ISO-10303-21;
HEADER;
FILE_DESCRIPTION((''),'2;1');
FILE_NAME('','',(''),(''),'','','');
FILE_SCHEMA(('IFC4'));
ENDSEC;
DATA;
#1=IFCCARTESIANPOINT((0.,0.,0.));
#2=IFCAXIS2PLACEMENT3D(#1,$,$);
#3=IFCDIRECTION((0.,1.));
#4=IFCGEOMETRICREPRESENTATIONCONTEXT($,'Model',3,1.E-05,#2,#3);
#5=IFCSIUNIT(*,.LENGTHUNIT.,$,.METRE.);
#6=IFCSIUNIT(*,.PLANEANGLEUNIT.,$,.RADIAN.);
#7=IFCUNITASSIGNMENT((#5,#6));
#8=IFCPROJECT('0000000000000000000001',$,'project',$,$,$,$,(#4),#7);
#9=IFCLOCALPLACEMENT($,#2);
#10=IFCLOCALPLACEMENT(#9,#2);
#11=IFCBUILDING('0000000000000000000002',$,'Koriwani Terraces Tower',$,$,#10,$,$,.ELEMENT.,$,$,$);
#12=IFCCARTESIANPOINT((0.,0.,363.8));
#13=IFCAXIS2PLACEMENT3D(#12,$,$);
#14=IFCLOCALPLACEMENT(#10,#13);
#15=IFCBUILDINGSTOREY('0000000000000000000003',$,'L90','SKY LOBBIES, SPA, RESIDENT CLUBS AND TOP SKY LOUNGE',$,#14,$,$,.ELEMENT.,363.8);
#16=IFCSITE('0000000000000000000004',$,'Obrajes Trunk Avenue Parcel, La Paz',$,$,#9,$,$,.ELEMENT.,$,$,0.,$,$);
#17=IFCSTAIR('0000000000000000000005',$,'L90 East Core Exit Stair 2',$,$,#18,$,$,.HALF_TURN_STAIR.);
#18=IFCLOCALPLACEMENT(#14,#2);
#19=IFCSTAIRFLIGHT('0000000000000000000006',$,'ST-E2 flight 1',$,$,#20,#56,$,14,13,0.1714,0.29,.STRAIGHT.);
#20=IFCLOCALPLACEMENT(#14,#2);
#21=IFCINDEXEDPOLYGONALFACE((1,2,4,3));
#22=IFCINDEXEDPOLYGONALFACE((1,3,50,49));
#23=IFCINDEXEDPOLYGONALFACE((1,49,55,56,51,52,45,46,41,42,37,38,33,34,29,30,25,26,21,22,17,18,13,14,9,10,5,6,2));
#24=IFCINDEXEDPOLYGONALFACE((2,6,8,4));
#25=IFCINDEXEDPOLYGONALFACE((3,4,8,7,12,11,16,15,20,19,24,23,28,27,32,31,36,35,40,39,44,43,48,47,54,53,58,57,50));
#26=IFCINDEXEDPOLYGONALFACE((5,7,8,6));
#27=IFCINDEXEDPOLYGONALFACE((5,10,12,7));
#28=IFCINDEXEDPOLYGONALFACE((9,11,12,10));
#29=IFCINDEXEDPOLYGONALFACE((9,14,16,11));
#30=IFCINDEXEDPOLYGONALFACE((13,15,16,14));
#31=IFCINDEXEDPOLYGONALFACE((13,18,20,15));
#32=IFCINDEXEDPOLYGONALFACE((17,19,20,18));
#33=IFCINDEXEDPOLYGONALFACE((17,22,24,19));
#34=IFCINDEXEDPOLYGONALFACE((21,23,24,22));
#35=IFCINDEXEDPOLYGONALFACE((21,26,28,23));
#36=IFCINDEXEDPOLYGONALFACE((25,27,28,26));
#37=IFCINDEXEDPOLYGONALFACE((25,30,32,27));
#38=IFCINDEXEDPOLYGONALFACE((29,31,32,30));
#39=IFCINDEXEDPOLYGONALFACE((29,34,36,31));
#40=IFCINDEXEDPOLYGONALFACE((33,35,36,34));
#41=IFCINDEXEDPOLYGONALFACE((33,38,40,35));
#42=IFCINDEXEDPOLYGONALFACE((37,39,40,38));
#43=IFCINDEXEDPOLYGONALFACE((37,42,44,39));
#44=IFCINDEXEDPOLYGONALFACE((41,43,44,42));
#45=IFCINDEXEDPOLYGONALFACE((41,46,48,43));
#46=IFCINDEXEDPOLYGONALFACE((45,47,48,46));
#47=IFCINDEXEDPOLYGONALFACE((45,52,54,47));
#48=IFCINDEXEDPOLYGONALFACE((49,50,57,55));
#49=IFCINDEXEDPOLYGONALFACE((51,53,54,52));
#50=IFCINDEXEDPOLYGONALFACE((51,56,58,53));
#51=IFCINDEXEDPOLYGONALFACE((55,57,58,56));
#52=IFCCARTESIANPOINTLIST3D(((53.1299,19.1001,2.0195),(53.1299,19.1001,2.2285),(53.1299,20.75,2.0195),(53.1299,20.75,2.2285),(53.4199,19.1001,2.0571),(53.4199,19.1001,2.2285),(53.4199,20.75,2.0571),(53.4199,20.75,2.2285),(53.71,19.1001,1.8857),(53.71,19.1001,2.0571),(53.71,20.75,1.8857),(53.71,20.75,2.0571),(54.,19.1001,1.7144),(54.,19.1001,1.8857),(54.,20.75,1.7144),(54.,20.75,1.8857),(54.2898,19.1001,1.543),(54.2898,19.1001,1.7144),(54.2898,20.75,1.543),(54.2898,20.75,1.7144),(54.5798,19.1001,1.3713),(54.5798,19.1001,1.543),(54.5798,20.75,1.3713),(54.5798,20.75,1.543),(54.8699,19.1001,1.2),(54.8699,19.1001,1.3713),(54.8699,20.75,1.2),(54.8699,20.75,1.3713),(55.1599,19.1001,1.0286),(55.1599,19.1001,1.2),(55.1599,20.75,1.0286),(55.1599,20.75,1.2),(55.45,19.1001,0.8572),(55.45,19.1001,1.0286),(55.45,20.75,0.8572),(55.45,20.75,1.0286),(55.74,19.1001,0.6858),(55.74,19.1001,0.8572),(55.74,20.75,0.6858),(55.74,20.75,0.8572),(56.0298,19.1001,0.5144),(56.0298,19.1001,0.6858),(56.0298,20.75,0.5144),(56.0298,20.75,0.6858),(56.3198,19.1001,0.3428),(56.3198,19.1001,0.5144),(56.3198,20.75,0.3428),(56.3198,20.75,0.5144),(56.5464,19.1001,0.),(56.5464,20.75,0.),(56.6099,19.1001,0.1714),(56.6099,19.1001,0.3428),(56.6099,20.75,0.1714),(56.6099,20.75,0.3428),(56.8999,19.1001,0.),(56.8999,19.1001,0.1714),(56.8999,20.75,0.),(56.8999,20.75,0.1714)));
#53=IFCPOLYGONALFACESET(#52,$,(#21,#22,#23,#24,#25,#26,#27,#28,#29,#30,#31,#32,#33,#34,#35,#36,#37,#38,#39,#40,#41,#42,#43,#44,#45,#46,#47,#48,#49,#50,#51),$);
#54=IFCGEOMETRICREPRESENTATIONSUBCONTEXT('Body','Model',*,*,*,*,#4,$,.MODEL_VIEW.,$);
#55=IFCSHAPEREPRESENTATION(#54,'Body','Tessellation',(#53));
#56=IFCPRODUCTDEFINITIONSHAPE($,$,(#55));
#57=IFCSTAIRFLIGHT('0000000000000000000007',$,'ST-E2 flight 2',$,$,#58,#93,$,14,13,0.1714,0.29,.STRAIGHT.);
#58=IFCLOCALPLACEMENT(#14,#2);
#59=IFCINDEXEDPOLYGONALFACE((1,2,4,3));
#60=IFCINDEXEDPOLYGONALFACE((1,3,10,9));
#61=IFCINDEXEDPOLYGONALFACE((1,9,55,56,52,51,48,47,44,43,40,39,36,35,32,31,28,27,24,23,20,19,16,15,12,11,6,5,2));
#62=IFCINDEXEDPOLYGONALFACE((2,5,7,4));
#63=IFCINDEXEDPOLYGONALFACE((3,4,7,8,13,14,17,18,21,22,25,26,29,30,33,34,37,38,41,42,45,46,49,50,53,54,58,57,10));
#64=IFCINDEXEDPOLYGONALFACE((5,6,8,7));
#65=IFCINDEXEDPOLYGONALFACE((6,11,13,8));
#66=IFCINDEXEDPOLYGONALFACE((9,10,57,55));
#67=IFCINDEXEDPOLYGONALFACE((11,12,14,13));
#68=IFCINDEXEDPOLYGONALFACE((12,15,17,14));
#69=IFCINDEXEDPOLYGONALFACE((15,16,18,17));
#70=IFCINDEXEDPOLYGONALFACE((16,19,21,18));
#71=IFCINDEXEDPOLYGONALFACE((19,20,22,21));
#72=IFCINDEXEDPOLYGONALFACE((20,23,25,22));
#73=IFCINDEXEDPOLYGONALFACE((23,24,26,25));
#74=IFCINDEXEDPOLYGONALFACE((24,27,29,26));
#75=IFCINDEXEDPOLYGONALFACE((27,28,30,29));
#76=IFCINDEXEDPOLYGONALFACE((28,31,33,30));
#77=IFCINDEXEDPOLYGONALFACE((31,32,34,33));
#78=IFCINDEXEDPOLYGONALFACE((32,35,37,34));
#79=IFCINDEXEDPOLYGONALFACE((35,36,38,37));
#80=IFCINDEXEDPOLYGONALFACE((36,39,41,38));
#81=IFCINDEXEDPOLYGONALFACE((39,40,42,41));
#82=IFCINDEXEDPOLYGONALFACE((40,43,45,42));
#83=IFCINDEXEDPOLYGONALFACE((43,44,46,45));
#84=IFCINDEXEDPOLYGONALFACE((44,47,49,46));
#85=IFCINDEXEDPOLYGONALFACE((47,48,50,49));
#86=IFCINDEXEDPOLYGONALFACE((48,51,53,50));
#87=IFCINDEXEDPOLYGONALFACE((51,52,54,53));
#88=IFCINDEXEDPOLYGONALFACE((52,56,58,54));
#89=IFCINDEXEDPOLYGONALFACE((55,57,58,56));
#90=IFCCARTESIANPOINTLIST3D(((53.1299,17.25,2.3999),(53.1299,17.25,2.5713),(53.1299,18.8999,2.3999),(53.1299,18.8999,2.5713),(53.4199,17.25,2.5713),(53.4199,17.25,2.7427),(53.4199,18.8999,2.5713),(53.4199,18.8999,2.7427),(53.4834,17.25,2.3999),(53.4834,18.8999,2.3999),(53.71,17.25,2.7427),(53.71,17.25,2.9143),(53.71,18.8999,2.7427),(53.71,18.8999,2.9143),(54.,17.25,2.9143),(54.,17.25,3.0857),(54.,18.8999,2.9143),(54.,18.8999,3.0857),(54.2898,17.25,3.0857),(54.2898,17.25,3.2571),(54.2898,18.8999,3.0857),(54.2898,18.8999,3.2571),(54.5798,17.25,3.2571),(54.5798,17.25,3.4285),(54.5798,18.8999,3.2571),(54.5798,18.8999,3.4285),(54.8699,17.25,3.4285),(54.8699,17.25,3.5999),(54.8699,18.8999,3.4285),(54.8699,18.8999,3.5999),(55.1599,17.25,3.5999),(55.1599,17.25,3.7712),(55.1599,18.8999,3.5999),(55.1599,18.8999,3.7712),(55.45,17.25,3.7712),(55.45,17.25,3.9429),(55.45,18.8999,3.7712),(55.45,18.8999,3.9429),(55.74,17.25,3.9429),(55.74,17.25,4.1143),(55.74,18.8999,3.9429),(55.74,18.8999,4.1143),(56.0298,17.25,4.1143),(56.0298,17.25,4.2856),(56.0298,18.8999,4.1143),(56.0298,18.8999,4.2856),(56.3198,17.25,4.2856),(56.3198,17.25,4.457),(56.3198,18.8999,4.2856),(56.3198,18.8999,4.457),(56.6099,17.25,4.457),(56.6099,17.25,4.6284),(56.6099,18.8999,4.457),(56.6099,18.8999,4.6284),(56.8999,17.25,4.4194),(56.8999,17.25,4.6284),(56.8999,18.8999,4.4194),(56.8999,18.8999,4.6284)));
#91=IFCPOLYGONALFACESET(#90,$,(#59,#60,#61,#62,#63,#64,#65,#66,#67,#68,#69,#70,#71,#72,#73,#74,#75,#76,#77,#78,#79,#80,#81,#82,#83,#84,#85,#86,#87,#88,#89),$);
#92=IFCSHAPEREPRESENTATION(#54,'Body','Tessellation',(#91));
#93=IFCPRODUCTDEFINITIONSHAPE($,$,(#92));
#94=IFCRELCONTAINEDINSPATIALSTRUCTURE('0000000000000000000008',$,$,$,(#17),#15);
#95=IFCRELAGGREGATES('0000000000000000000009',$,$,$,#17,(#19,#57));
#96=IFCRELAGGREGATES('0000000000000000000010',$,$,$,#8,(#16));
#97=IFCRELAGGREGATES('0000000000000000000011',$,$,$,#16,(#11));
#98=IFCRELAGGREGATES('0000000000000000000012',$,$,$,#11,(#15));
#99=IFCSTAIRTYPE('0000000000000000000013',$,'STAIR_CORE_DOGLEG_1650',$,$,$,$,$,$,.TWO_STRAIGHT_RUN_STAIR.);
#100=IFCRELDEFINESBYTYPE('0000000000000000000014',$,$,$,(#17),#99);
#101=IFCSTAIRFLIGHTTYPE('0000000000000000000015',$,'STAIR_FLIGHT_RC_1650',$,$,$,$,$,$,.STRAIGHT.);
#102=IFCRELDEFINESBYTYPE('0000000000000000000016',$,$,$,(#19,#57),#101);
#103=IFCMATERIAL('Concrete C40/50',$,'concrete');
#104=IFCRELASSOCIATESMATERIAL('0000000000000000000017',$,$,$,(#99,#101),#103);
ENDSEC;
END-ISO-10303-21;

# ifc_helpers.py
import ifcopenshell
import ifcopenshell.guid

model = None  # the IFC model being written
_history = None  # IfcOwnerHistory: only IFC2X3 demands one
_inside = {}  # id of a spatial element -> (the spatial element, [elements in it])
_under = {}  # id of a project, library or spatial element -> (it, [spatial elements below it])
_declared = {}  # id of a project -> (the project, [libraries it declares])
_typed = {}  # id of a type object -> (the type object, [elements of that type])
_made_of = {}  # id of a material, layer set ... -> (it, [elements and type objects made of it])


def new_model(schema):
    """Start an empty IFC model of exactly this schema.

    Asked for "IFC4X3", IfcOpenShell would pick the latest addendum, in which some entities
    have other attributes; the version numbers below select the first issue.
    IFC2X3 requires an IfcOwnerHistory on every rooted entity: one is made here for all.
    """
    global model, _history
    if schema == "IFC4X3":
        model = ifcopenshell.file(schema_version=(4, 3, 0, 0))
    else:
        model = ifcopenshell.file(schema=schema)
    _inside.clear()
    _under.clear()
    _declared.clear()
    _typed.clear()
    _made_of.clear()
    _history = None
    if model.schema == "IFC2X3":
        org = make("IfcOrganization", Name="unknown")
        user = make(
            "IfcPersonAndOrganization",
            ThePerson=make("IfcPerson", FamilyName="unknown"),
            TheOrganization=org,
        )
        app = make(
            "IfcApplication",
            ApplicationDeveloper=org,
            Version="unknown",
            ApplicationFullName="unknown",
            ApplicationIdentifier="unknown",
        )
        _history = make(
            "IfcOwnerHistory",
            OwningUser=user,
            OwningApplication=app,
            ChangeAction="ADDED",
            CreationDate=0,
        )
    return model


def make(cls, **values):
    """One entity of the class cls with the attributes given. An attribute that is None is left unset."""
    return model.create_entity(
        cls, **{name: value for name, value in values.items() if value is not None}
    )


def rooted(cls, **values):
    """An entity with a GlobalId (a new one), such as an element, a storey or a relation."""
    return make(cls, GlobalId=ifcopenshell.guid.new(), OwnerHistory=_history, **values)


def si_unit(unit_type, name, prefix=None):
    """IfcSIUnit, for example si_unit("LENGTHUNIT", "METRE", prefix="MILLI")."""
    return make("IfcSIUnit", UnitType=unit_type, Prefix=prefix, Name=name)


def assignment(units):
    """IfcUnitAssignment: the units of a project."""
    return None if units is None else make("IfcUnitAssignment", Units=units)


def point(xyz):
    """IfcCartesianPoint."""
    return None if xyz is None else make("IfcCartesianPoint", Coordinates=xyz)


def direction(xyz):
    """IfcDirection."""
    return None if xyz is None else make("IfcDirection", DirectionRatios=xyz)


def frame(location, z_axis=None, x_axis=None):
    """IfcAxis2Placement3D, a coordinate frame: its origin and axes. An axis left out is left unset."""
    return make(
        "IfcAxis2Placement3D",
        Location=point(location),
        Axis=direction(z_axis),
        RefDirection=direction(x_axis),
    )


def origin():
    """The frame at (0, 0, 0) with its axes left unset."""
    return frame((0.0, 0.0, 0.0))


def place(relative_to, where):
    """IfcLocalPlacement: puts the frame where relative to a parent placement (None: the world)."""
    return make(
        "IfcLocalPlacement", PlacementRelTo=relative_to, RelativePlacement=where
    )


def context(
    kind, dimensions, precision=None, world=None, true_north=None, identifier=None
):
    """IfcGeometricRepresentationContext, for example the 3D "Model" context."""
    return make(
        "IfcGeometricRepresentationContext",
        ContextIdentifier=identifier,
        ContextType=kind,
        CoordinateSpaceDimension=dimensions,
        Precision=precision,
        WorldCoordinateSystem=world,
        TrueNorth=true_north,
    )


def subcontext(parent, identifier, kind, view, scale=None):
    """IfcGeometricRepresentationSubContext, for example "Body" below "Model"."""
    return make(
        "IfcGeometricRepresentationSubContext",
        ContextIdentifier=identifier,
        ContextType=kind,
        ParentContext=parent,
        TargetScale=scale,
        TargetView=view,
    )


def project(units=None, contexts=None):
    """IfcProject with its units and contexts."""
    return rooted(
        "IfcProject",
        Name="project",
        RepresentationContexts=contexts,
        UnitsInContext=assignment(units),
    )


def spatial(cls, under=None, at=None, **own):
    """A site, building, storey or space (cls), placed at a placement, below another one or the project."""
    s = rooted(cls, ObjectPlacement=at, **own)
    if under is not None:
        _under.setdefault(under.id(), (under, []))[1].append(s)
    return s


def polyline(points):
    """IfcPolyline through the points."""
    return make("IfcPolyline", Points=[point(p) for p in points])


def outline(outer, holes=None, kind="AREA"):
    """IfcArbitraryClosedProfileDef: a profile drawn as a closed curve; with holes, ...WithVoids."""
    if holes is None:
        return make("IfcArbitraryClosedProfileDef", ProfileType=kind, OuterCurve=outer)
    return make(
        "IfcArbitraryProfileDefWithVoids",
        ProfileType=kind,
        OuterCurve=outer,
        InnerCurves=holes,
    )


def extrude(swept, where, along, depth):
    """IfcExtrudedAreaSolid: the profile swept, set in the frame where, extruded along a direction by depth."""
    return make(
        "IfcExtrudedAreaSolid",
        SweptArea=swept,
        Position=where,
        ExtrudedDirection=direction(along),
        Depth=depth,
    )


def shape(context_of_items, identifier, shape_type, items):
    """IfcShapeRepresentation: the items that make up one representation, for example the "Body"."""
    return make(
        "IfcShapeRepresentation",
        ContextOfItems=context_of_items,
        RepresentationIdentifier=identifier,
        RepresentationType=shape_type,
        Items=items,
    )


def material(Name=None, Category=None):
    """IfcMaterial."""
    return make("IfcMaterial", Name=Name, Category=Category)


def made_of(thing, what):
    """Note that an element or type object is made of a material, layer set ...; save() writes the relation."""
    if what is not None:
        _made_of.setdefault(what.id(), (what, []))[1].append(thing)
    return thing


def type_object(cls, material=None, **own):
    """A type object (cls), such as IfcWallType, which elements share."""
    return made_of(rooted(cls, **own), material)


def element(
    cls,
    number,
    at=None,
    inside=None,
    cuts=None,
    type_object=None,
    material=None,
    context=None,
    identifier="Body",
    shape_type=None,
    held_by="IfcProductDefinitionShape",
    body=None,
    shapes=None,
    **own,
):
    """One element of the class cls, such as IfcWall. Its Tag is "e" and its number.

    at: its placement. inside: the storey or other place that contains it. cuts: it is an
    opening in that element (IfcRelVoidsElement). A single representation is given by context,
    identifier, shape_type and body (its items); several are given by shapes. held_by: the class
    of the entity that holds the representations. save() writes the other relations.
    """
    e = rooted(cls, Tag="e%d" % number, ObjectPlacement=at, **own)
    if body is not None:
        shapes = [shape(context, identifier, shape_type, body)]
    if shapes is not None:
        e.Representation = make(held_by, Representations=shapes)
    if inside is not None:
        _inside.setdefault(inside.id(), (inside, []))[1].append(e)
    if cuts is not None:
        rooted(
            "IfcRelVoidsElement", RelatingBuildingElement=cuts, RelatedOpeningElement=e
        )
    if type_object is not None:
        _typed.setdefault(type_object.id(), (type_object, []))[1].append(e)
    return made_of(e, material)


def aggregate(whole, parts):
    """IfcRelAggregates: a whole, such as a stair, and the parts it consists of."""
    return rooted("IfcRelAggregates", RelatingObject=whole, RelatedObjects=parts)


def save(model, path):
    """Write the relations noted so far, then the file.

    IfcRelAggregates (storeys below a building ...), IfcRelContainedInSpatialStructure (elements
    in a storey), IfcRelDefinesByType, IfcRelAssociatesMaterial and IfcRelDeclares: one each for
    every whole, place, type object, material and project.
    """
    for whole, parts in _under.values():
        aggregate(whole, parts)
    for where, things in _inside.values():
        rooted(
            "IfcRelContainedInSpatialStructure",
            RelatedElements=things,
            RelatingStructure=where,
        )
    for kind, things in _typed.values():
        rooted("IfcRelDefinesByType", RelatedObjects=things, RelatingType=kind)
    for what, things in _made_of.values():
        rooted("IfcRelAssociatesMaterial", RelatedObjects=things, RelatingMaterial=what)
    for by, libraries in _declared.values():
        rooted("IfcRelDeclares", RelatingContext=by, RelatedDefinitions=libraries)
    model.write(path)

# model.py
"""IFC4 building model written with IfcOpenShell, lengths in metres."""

from ifc_helpers import new_model, si_unit, direction, frame, origin, place, context, subcontext, project, spatial, polyline, outline, extrude, material, type_object, element, aggregate, save


model = new_model("IFC4")

# Units and contexts
model_context = context("Model", 3, precision=1e-05, world=origin(), true_north=direction((0.0, 1.0)))
body_context = subcontext(model_context, "Body", "Model", "MODEL_VIEW")
ifc_project = project(units=[si_unit("LENGTHUNIT", "METRE"), si_unit("PLANEANGLEUNIT", "RADIAN")], contexts=[model_context])

# Site, building, storey
site_placement = place(None, origin())
site = spatial("IfcSite", under=ifc_project, at=site_placement, Name="Obrajes Trunk Avenue Parcel, La Paz", CompositionType="ELEMENT", RefElevation=0.0)
building_placement = place(site_placement, origin())
building = spatial("IfcBuilding", under=site, at=building_placement, Name="Koriwani Terraces Tower", CompositionType="ELEMENT")
storey_placement = place(building_placement, frame((0.0, 0.0, 363.8)))
storey = spatial("IfcBuildingStorey", under=building, at=storey_placement, Name="L90", Description="SKY LOBBIES, SPA, RESIDENT CLUBS AND TOP SKY LOUNGE", CompositionType="ELEMENT", Elevation=363.8)

# Shared definitions
ifc_material_1 = material(Name="Concrete C40/50", Category="concrete")

# Stair, stair flights
stair_type = type_object("IfcStairType", Name="STAIR_CORE_DOGLEG_1650", PredefinedType="TWO_STRAIGHT_RUN_STAIR", material=ifc_material_1)
stair_placement = place(storey_placement, origin())
stair = element("IfcStair", 1, at=stair_placement, inside=storey, type_object=stair_type, Name="L90 East Core Exit Stair 2", PredefinedType="HALF_TURN_STAIR")
stair_flight_type = type_object("IfcStairFlightType", Name="STAIR_FLIGHT_RC_1650", PredefinedType="STRAIGHT", material=ifc_material_1)
stair_flight_1_placement = place(storey_placement, frame((56.8999, 19.925, 0.0), z_axis=(0.0, 0.0, 1.0), x_axis=(-1.0, 0.0, 0.0)))
stair_flight_1 = element("IfcStairFlight", 2, at=stair_flight_1_placement, type_object=stair_flight_type, Name="ST-E2 flight 1", NumberOfRisers=14, NumberOfTreads=13, PredefinedType="STRAIGHT", RiserHeight=0.1714, TreadLength=0.29, context=body_context, shape_type="SweptSolid", body=[
    extrude(outline(polyline([(0.0, 0.0), (0.0, 0.1714), (0.29, 0.1714), (0.29, 0.3428), (0.5801, 0.3428), (0.5801, 0.5144), (0.8701, 0.5144), (0.8701, 0.6858), (1.1599, 0.6858), (1.1599, 0.8572), (1.45, 0.8572), (1.45, 1.0286), (1.74, 1.0286), (1.74, 1.2), (2.03, 1.2), (2.03, 1.3713), (2.3201, 1.3713), (2.3201, 1.543), (2.6101, 1.543), (2.6101, 1.7144), (2.8999, 1.7144), (2.8999, 1.8857), (3.1899, 1.8857), (3.1899, 2.0571), (3.48, 2.0571), (3.48, 2.2285), (3.77, 2.2285), (3.77, 2.3999), (3.77, 2.0195), (0.3535, 0.0), (0.0, 0.0)])), frame((0.0, 0.825, 0.0), z_axis=(0.0, -1.0, 0.0), x_axis=(1.0, 0.0, 0.0)), (0.0, 0.0, 1.0), 1.6499),
])
stair_flight_2_placement = place(storey_placement, frame((53.1299, 18.075, 2.3999), z_axis=(0.0, 0.0, 1.0), x_axis=(1.0, 0.0, 0.0)))
stair_flight_2 = element("IfcStairFlight", 3, at=stair_flight_2_placement, type_object=stair_flight_type, Name="ST-E2 flight 2", NumberOfRisers=14, NumberOfTreads=13, PredefinedType="STRAIGHT", RiserHeight=0.1714, TreadLength=0.29, context=body_context, shape_type="SweptSolid", body=[
    extrude(outline(polyline([(0.0, 0.0), (0.0, 0.1714), (0.29, 0.1714), (0.29, 0.3428), (0.5801, 0.3428), (0.5801, 0.5144), (0.8701, 0.5144), (0.8701, 0.6858), (1.1599, 0.6858), (1.1599, 0.8572), (1.45, 0.8572), (1.45, 1.0286), (1.74, 1.0286), (1.74, 1.2), (2.03, 1.2), (2.03, 1.3713), (2.3201, 1.3713), (2.3201, 1.543), (2.6101, 1.543), (2.6101, 1.7144), (2.8999, 1.7144), (2.8999, 1.8857), (3.1899, 1.8857), (3.1899, 2.0571), (3.48, 2.0571), (3.48, 2.2285), (3.77, 2.2285), (3.77, 2.3999), (3.77, 2.0195), (0.3535, 0.0), (0.0, 0.0)])), frame((0.0, 0.825, 0.0), z_axis=(0.0, -1.0, 0.0), x_axis=(1.0, 0.0, 0.0)), (0.0, 0.0, 1.0), 1.6499),
])
aggregate(stair, [stair_flight_1, stair_flight_2])

save(model, "model.ifc")
